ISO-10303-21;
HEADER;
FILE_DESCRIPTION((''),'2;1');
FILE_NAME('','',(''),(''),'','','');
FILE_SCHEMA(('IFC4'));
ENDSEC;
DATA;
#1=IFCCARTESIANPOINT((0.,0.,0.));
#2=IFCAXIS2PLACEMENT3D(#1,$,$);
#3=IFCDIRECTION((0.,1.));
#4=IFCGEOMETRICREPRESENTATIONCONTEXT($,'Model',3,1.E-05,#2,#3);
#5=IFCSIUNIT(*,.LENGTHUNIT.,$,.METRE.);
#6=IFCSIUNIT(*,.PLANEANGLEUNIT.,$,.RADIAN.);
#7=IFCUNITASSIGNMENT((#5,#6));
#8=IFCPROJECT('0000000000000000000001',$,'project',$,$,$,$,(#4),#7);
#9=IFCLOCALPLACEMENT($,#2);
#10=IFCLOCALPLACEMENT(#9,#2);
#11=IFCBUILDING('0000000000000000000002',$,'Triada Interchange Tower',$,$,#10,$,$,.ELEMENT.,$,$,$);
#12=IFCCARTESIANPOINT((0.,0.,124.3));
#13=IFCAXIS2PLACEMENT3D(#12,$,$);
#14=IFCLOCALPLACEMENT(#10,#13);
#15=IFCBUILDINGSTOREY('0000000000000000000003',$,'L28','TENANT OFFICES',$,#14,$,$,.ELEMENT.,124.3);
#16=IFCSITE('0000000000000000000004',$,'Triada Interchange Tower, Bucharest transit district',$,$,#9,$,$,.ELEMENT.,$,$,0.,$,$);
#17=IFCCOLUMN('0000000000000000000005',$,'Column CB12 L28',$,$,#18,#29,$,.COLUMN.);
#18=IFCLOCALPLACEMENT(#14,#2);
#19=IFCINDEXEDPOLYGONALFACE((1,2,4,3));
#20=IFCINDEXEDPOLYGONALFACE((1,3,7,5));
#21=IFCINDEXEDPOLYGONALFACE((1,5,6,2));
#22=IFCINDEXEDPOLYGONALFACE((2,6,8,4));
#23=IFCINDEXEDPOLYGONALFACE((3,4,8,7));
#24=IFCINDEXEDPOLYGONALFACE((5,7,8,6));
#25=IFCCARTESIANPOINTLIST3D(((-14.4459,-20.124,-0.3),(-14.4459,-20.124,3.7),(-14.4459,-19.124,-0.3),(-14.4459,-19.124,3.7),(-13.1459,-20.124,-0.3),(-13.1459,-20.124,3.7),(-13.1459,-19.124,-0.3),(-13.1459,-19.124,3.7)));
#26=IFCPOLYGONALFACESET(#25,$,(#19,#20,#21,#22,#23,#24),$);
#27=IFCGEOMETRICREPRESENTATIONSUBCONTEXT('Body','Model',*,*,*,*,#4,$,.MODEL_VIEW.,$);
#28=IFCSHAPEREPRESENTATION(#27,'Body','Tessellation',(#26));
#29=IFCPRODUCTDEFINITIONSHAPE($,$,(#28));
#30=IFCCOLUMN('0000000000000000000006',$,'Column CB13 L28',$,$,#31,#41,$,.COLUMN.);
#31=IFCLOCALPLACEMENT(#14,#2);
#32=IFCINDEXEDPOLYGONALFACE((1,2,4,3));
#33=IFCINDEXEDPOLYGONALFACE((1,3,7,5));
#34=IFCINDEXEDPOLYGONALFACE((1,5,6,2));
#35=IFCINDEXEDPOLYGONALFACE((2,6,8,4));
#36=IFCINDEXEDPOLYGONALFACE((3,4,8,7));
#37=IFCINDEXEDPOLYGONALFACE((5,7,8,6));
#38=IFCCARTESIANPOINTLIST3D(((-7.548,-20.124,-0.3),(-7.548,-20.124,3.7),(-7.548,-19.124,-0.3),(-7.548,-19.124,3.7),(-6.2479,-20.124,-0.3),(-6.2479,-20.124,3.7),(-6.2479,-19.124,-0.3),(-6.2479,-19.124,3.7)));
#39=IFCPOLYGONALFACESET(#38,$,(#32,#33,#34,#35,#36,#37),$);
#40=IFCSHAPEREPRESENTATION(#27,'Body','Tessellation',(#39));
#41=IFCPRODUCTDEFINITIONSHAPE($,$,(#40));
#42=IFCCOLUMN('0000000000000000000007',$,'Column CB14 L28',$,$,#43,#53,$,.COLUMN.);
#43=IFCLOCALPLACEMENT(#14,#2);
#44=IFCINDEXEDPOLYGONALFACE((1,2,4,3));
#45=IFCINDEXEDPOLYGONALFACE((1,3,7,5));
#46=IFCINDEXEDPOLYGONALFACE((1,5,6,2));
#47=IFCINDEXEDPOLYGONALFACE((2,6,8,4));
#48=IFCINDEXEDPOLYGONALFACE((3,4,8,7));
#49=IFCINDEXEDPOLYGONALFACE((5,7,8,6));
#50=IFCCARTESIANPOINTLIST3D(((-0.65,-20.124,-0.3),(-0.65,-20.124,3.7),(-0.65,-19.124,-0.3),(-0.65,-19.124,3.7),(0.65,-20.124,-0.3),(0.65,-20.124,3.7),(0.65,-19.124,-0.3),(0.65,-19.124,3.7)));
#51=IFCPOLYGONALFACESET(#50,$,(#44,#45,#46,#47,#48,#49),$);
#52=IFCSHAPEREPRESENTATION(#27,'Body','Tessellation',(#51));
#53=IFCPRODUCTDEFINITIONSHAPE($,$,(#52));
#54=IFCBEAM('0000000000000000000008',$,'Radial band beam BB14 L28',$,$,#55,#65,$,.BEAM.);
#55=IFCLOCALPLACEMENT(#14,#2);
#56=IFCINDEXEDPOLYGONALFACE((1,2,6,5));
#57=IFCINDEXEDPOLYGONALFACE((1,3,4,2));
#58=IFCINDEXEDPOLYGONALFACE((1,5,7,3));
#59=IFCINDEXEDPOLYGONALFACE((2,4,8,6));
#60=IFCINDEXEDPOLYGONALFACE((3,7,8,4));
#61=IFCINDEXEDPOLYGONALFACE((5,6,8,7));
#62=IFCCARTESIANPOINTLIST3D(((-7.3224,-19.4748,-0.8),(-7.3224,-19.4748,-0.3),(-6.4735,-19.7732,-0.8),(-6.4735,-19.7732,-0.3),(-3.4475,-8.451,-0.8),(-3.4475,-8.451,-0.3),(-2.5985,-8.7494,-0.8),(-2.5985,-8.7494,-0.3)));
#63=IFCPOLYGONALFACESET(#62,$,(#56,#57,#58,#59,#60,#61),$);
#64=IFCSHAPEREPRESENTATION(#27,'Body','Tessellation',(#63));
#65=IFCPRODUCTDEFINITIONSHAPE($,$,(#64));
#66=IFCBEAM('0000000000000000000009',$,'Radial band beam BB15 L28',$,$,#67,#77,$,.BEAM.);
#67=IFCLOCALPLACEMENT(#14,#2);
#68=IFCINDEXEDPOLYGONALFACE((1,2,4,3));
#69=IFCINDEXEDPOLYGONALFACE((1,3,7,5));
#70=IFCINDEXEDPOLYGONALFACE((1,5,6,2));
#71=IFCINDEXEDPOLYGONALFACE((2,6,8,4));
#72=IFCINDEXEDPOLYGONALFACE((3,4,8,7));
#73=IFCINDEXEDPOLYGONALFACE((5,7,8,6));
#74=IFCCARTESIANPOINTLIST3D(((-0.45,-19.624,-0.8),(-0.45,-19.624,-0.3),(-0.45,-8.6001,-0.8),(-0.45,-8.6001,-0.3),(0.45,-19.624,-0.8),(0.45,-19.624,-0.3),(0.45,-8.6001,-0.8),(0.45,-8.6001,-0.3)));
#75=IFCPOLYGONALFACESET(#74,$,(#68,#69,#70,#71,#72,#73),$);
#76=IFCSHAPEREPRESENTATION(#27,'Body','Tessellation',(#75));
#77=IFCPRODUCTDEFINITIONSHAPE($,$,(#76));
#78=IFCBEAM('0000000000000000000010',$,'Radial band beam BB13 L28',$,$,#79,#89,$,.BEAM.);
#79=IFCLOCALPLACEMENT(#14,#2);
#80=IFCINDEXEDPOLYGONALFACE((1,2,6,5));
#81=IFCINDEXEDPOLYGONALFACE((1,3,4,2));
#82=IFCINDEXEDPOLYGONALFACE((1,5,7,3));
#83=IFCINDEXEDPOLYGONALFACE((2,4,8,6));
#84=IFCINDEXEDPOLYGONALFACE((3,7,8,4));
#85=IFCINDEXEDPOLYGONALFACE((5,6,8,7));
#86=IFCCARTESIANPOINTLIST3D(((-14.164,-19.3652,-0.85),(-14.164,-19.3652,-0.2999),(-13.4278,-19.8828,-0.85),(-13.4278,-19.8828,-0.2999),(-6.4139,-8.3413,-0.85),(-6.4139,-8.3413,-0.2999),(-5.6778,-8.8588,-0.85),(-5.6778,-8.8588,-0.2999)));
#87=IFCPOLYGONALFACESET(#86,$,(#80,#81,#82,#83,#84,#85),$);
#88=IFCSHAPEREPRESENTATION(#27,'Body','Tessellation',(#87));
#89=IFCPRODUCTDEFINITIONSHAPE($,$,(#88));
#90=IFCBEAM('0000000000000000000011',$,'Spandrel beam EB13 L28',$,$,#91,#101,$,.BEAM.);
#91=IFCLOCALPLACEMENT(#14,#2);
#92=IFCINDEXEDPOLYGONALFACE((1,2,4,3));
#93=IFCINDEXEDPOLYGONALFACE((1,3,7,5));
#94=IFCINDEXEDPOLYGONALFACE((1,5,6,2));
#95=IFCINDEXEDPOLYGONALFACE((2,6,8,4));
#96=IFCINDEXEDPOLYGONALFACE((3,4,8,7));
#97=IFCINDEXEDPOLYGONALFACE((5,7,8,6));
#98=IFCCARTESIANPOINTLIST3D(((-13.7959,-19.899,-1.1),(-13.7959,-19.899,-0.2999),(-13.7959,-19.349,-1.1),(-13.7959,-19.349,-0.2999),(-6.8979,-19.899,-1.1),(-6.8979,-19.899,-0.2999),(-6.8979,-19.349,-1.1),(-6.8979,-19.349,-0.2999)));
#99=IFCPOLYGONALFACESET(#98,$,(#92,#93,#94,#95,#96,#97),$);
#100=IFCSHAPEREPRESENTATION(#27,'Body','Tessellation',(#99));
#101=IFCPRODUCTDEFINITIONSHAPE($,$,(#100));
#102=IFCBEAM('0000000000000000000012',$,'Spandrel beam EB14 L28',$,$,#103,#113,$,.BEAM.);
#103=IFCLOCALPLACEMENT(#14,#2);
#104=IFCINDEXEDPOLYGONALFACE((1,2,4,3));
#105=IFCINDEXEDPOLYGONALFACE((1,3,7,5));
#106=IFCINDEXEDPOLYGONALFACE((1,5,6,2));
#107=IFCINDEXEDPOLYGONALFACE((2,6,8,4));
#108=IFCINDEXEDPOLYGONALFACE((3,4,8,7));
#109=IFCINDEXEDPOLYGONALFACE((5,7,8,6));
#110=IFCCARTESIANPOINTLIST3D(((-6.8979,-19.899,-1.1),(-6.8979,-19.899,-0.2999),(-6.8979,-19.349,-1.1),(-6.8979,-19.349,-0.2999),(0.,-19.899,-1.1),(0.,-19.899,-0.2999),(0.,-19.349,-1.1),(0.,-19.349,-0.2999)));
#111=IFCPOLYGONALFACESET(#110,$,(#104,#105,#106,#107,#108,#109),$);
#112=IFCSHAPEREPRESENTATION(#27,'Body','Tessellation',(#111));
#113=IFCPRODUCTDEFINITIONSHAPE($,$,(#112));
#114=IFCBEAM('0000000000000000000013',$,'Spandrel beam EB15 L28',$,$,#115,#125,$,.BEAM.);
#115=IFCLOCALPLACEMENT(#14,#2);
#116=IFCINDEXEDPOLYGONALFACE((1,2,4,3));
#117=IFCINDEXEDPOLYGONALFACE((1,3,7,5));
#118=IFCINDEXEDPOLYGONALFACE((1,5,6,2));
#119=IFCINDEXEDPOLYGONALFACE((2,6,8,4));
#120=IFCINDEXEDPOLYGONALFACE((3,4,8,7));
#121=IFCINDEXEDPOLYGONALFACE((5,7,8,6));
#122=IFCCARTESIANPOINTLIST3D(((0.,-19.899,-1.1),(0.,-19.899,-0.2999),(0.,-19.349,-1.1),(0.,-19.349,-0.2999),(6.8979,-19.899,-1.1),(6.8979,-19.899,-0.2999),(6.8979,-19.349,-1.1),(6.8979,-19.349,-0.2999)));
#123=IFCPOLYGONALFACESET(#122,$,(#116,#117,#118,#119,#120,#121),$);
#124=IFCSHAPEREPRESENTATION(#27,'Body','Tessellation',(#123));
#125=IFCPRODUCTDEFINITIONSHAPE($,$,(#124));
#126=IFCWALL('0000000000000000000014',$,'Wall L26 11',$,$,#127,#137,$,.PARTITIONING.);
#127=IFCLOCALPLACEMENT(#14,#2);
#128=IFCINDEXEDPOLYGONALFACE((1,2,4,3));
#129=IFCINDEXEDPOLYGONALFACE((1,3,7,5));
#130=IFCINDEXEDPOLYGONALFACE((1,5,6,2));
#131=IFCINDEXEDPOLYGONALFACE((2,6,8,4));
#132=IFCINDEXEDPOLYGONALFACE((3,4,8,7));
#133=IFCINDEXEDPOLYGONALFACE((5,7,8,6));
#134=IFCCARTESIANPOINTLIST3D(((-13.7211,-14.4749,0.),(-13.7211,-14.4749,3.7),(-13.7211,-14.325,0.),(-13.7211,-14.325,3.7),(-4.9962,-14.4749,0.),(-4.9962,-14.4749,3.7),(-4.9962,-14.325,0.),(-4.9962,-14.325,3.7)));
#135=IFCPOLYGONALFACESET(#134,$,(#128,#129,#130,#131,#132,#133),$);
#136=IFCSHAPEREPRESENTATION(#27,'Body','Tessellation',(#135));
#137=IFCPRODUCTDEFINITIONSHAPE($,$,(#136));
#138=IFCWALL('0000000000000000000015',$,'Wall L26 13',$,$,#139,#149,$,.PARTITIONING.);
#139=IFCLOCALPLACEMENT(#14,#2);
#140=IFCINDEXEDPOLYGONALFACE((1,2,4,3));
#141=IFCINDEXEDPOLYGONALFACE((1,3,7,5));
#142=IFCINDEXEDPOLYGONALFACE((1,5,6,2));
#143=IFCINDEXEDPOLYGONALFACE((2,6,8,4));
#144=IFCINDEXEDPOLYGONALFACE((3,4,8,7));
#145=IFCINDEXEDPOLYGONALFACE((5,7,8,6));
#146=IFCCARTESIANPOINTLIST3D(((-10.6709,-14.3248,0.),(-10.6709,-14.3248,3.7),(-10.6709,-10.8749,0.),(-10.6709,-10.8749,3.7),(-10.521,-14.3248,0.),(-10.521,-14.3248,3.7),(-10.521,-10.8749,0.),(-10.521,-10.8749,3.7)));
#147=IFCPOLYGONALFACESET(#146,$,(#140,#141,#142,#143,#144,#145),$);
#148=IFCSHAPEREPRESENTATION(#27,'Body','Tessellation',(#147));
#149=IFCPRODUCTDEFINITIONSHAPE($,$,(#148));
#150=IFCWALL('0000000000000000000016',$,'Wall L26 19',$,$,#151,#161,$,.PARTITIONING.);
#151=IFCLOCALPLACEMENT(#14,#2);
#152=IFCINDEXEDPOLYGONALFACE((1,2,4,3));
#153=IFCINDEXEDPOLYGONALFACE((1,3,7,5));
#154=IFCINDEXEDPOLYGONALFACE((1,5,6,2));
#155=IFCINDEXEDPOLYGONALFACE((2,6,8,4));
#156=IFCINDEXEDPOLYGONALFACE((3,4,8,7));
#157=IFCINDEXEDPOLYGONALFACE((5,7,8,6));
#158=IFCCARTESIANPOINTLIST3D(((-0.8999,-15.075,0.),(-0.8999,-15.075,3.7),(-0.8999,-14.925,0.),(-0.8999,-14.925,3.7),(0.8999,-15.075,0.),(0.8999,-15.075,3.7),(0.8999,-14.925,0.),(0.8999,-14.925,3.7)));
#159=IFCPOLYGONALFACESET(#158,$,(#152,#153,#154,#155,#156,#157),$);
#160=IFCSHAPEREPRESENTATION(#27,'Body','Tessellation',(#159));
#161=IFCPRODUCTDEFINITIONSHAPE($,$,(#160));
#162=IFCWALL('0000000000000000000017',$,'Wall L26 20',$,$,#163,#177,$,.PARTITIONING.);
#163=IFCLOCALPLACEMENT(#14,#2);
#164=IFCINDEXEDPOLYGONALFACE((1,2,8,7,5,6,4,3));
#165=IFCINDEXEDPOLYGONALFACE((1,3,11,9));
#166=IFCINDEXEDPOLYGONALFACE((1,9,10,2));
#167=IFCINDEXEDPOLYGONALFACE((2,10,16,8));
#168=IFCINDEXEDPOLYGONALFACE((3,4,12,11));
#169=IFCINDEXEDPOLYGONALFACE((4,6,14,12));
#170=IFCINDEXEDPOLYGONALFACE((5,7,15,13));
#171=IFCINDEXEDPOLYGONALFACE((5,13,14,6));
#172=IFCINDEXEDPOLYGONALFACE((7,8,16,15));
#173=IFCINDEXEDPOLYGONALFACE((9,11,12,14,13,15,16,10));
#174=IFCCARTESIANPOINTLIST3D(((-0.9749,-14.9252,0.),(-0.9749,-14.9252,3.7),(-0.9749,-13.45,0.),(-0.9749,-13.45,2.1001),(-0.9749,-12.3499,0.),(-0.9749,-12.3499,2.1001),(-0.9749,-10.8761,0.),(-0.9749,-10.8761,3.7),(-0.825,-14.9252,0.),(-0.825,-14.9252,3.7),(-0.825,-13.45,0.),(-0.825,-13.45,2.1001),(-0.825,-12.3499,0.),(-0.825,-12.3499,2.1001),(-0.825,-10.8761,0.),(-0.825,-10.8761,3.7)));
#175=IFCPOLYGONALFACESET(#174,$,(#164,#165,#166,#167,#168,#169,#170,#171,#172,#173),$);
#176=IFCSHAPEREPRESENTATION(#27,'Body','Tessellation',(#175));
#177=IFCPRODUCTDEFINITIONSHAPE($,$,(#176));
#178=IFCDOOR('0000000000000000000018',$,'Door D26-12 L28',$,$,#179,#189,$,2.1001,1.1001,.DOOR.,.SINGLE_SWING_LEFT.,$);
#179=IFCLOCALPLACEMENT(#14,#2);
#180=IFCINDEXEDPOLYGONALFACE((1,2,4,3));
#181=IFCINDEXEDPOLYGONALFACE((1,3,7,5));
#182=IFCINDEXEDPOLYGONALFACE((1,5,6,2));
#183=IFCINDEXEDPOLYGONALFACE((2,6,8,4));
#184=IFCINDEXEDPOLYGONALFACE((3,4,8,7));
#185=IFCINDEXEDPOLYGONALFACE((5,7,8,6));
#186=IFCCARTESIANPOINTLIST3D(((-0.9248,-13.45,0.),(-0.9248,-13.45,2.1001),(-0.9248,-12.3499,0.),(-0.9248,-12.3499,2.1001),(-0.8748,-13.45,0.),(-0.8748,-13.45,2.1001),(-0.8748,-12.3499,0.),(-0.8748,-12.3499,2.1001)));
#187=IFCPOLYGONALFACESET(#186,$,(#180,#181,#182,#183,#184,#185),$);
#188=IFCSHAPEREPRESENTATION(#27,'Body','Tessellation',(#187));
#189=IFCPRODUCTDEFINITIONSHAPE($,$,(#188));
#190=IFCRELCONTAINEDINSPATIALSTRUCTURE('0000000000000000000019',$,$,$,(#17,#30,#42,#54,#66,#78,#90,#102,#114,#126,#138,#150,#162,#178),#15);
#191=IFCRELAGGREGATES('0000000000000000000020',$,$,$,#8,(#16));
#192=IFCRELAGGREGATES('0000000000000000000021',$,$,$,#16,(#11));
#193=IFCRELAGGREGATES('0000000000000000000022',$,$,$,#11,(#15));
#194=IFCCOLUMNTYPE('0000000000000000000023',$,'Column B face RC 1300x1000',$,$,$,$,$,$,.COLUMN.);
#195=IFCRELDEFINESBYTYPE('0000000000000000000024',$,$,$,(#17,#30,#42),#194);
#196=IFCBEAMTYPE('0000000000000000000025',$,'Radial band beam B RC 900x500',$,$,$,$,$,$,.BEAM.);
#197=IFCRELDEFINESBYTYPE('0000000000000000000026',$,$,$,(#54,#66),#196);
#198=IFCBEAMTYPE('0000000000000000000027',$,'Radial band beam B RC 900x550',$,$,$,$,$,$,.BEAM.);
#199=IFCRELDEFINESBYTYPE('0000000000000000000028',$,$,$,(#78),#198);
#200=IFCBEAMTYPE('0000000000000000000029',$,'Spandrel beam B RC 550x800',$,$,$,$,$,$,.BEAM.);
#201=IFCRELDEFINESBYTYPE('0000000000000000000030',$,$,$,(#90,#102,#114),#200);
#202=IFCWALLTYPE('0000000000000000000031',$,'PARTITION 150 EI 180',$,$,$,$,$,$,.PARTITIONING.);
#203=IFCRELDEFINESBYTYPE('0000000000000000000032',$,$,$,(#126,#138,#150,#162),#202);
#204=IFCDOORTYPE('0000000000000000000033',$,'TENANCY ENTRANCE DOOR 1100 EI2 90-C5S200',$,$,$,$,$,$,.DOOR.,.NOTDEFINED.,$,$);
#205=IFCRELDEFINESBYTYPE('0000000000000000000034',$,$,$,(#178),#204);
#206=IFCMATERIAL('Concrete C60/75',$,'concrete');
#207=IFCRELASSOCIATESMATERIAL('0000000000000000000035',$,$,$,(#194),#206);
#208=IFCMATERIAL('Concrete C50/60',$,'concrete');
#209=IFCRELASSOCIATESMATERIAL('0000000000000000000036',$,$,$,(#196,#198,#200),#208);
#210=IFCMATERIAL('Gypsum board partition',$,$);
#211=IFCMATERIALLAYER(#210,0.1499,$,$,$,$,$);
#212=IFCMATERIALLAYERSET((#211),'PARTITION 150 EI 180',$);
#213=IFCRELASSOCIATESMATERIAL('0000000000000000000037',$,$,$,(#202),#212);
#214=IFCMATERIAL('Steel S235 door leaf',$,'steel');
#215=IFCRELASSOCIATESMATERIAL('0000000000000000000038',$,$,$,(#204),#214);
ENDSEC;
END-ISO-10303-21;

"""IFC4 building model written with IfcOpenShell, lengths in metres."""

from ifc_helpers import new_model, si_unit, direction, frame, frame_2d, origin, origin_2d, place, context, subcontext, project, spatial, rectangle, extrude, material, layer, layer_set, material_profile, profile_set, type_object, element, fill, save


model = new_model("IFC4")

# Units and contexts
model_context = context("Model", 3, precision=1e-05, world=origin(), true_north=direction((0.0, 1.0)))
body_context = subcontext(model_context, "Body", "Model", "MODEL_VIEW")
ifc_project = project(units=[si_unit("LENGTHUNIT", "METRE"), si_unit("PLANEANGLEUNIT", "RADIAN")], contexts=[model_context])

# Site, building, storey
site_placement = place(None, origin())
site = spatial("IfcSite", under=ifc_project, at=site_placement, Name="Triada Interchange Tower, Bucharest transit district", CompositionType="ELEMENT", RefElevation=0.0)
building_placement = place(site_placement, origin())
building = spatial("IfcBuilding", under=site, at=building_placement, Name="Triada Interchange Tower", CompositionType="ELEMENT")
storey_placement = place(building_placement, frame((0.0, 0.0, 124.3)))
storey = spatial("IfcBuildingStorey", under=building, at=storey_placement, Name="L28", Description="TENANT OFFICES", CompositionType="ELEMENT", Elevation=124.3)

# Columns
ifc_material_1 = material(Name="Concrete C60/75", Category="concrete")
ifc_material_profile_1 = material_profile(ifc_material_1, rectangle(XDim=1.3, YDim=1.0, at=origin_2d()), Name="RC 1300x1000")
ifc_profile_set_1 = profile_set([ifc_material_profile_1], Name="Concrete C60/75")
column_type = type_object("IfcColumnType", Name="Column B face RC 1300x1000", PredefinedType="COLUMN", material=ifc_profile_set_1)
for number, where, z_axis, x_axis, name in (
    (1, (-13.7959, -19.624, -0.3), (0.0, 0.0, 1.0), (1.0, 0.0, 0.0), "Column CB12 L28"),
    (2, (-6.8979, -19.624, -0.3), (0.0, 0.0, 1.0), (1.0, 0.0, 0.0), "Column CB13 L28"),
    (3, (0.0, -19.624, -0.3), (0.0, 0.0, 1.0), (1.0, 0.0, 0.0), "Column CB14 L28"),
):
    element("IfcColumn", number, at=place(storey_placement, frame(where, z_axis=z_axis, x_axis=x_axis)), inside=storey, type_object=column_type, Name=name, PredefinedType="COLUMN", context=body_context, shape_type="SweptSolid", body=[
        extrude(rectangle(XDim=1.3, YDim=1.0, at=origin_2d()), origin(), (0.0, 0.0, 1.0), 4.0),
    ])

# Beams
ifc_material_2 = material(Name="Concrete C50/60", Category="concrete")
ifc_material_profile_2 = material_profile(ifc_material_2, rectangle(XDim=0.8999, YDim=0.5, at=origin_2d()), Name="RC 900x500")
ifc_profile_set_2 = profile_set([ifc_material_profile_2], Name="Concrete C50/60")
beam_type_1 = type_object("IfcBeamType", Name="Radial band beam B RC 900x500", PredefinedType="BEAM", material=ifc_profile_set_2)
beam_1_placement = place(storey_placement, frame((-6.8979, -19.624, -0.55), z_axis=(0.331618, 0.943414, 0.0), x_axis=(-0.943414, 0.331618, 0.0)))
element("IfcBeam", 4, at=beam_1_placement, inside=storey, type_object=beam_type_1, Name="Radial band beam BB14 L28", PredefinedType="BEAM", context=body_context, shape_type="SweptSolid", body=[
    extrude(rectangle(XDim=0.8999, YDim=0.5, at=origin_2d()), origin(), (0.0, 0.0, 1.0), 11.6851),
])
beam_2_placement = place(storey_placement, frame((0.0, -19.624, -0.55), z_axis=(0.0, 1.0, 0.0), x_axis=(-1.0, 0.0, 0.0)))
element("IfcBeam", 5, at=beam_2_placement, inside=storey, type_object=beam_type_1, Name="Radial band beam BB15 L28", PredefinedType="BEAM", context=body_context, shape_type="SweptSolid", body=[
    extrude(rectangle(XDim=0.8999, YDim=0.5, at=origin_2d()), origin(), (0.0, 0.0, 1.0), 11.0239),
])
ifc_material_profile_3 = material_profile(ifc_material_2, rectangle(XDim=0.8999, YDim=0.55, at=origin_2d()), Name="RC 900x550")
ifc_profile_set_3 = profile_set([ifc_material_profile_3], Name="Concrete C50/60")
beam_type_2 = type_object("IfcBeamType", Name="Radial band beam B RC 900x550", PredefinedType="BEAM", material=ifc_profile_set_3)
beam_3_placement = place(storey_placement, frame((-13.7959, -19.624, -0.575), z_axis=(0.575117, 0.818071, 0.0), x_axis=(-0.818071, 0.575117, 0.0)))
element("IfcBeam", 6, at=beam_3_placement, inside=storey, type_object=beam_type_2, Name="Radial band beam BB13 L28", PredefinedType="BEAM", context=body_context, shape_type="SweptSolid", body=[
    extrude(rectangle(XDim=0.8999, YDim=0.55, at=origin_2d()), origin(), (0.0, 0.0, 1.0), 13.4756),
])
ifc_material_profile_4 = material_profile(ifc_material_2, rectangle(XDim=0.55, YDim=0.8, at=origin_2d()), Name="RC 550x800")
ifc_profile_set_4 = profile_set([ifc_material_profile_4], Name="Concrete C50/60")
beam_type_3 = type_object("IfcBeamType", Name="Spandrel beam B RC 550x800", PredefinedType="BEAM", material=ifc_profile_set_4)
for number, where, z_axis, x_axis, name in (
    (7, (-13.7959, -19.624, -0.7), (1.0, 0.0, 0.0), (0.0, 1.0, 0.0), "Spandrel beam EB13 L28"),
    (8, (-6.8979, -19.624, -0.7), (1.0, 0.0, 0.0), (0.0, 1.0, 0.0), "Spandrel beam EB14 L28"),
    (9, (0.0, -19.624, -0.7), (1.0, 0.0, 0.0), (0.0, 1.0, 0.0), "Spandrel beam EB15 L28"),
):
    element("IfcBeam", number, at=place(storey_placement, frame(where, z_axis=z_axis, x_axis=x_axis)), inside=storey, type_object=beam_type_3, Name=name, PredefinedType="BEAM", context=body_context, shape_type="SweptSolid", body=[
        extrude(rectangle(XDim=0.55, YDim=0.8, at=origin_2d()), origin(), (0.0, 0.0, 1.0), 6.8979),
    ])

# Walls
ifc_material_3 = material(Name="Gypsum board partition")
ifc_layer_1 = layer(ifc_material_3, 0.1499)
ifc_layer_set_1 = layer_set([ifc_layer_1], Name="PARTITION 150 EI 180")
wall_type = type_object("IfcWallType", Name="PARTITION 150 EI 180", PredefinedType="PARTITIONING", material=ifc_layer_set_1)
wall_1_placement = place(storey_placement, frame((-13.7209, -14.3999, 0.0), z_axis=(0.0, 0.0, 1.0), x_axis=(1.0, 0.0, 0.0)))
element("IfcWall", 10, at=wall_1_placement, inside=storey, type_object=wall_type, Name="Wall L26 11", PredefinedType="PARTITIONING", context=body_context, shape_type="SweptSolid", body=[
    extrude(rectangle(XDim=8.7249, YDim=0.1499, at=frame_2d((4.3623, 0.0))), origin(), (0.0, 0.0, 1.0), 3.7),
])
wall_2_placement = place(storey_placement, frame((-10.5959, -14.325, 0.0), z_axis=(0.0, 0.0, 1.0), x_axis=(0.0, 1.0, 0.0)))
element("IfcWall", 11, at=wall_2_placement, inside=storey, type_object=wall_type, Name="Wall L26 13", PredefinedType="PARTITIONING", context=body_context, shape_type="SweptSolid", body=[
    extrude(rectangle(XDim=3.45, YDim=0.1499, at=frame_2d((1.7251, 0.0))), origin(), (0.0, 0.0, 1.0), 3.7),
])
wall_3_placement = place(storey_placement, frame((-0.8999, -15.0, 0.0), z_axis=(0.0, 0.0, 1.0), x_axis=(1.0, 0.0, 0.0)))
element("IfcWall", 12, at=wall_3_placement, inside=storey, type_object=wall_type, Name="Wall L26 19", PredefinedType="PARTITIONING", context=body_context, shape_type="SweptSolid", body=[
    extrude(rectangle(XDim=1.7998, YDim=0.1499, at=frame_2d((0.8999, 0.0))), origin(), (0.0, 0.0, 1.0), 3.7),
])

# Wall, opening, door
wall_4_placement = place(storey_placement, frame((-0.8999, -14.925, 0.0), z_axis=(0.0, 0.0, 1.0), x_axis=(0.0, 1.0, 0.0)))
wall_4 = element("IfcWall", 13, at=wall_4_placement, inside=storey, type_object=wall_type, Name="Wall L26 20", PredefinedType="PARTITIONING", context=body_context, shape_type="SweptSolid", body=[
    extrude(rectangle(XDim=4.0491, YDim=0.1499, at=frame_2d((2.0244, 0.0))), origin(), (0.0, 0.0, 1.0), 3.7),
])
opening_placement = place(wall_4_placement, frame((1.4751, 0.0, 0.0)))
opening = element("IfcOpeningElement", 14, at=opening_placement, cuts=wall_4, PredefinedType="OPENING", context=body_context, shape_type="SweptSolid", body=[
    extrude(rectangle(XDim=1.1001, YDim=2.1001, at=frame_2d((0.55, 1.05))), frame((0.0, 0.085, 0.0), z_axis=(0.0, -1.0, 0.0), x_axis=(1.0, 0.0, 0.0)), (0.0, 0.0, 1.0), 0.1699),
])
ifc_material_4 = material(Name="Steel S235 door leaf", Category="steel")
door_type = type_object("IfcDoorType", Name="TENANCY ENTRANCE DOOR 1100 EI2 90-C5S200", OperationType="NOTDEFINED", PredefinedType="DOOR", material=ifc_material_4)
door_placement = place(opening_placement, origin())
door = element("IfcDoor", 15, at=door_placement, inside=storey, type_object=door_type, Name="Door D26-12 L28", OperationType="SINGLE_SWING_LEFT", OverallHeight=2.1001, OverallWidth=1.1001, PredefinedType="DOOR", context=body_context, shape_type="SweptSolid", body=[
    extrude(rectangle(XDim=1.1001, YDim=2.1001, at=frame_2d((0.55, 1.05))), frame((0.0, 0.0249, 0.0), z_axis=(0.0, -1.0, 0.0), x_axis=(1.0, 0.0, 0.0)), (0.0, 0.0, 1.0), 0.05),
])
fill(opening, door)

save(model, "model.ifc")
